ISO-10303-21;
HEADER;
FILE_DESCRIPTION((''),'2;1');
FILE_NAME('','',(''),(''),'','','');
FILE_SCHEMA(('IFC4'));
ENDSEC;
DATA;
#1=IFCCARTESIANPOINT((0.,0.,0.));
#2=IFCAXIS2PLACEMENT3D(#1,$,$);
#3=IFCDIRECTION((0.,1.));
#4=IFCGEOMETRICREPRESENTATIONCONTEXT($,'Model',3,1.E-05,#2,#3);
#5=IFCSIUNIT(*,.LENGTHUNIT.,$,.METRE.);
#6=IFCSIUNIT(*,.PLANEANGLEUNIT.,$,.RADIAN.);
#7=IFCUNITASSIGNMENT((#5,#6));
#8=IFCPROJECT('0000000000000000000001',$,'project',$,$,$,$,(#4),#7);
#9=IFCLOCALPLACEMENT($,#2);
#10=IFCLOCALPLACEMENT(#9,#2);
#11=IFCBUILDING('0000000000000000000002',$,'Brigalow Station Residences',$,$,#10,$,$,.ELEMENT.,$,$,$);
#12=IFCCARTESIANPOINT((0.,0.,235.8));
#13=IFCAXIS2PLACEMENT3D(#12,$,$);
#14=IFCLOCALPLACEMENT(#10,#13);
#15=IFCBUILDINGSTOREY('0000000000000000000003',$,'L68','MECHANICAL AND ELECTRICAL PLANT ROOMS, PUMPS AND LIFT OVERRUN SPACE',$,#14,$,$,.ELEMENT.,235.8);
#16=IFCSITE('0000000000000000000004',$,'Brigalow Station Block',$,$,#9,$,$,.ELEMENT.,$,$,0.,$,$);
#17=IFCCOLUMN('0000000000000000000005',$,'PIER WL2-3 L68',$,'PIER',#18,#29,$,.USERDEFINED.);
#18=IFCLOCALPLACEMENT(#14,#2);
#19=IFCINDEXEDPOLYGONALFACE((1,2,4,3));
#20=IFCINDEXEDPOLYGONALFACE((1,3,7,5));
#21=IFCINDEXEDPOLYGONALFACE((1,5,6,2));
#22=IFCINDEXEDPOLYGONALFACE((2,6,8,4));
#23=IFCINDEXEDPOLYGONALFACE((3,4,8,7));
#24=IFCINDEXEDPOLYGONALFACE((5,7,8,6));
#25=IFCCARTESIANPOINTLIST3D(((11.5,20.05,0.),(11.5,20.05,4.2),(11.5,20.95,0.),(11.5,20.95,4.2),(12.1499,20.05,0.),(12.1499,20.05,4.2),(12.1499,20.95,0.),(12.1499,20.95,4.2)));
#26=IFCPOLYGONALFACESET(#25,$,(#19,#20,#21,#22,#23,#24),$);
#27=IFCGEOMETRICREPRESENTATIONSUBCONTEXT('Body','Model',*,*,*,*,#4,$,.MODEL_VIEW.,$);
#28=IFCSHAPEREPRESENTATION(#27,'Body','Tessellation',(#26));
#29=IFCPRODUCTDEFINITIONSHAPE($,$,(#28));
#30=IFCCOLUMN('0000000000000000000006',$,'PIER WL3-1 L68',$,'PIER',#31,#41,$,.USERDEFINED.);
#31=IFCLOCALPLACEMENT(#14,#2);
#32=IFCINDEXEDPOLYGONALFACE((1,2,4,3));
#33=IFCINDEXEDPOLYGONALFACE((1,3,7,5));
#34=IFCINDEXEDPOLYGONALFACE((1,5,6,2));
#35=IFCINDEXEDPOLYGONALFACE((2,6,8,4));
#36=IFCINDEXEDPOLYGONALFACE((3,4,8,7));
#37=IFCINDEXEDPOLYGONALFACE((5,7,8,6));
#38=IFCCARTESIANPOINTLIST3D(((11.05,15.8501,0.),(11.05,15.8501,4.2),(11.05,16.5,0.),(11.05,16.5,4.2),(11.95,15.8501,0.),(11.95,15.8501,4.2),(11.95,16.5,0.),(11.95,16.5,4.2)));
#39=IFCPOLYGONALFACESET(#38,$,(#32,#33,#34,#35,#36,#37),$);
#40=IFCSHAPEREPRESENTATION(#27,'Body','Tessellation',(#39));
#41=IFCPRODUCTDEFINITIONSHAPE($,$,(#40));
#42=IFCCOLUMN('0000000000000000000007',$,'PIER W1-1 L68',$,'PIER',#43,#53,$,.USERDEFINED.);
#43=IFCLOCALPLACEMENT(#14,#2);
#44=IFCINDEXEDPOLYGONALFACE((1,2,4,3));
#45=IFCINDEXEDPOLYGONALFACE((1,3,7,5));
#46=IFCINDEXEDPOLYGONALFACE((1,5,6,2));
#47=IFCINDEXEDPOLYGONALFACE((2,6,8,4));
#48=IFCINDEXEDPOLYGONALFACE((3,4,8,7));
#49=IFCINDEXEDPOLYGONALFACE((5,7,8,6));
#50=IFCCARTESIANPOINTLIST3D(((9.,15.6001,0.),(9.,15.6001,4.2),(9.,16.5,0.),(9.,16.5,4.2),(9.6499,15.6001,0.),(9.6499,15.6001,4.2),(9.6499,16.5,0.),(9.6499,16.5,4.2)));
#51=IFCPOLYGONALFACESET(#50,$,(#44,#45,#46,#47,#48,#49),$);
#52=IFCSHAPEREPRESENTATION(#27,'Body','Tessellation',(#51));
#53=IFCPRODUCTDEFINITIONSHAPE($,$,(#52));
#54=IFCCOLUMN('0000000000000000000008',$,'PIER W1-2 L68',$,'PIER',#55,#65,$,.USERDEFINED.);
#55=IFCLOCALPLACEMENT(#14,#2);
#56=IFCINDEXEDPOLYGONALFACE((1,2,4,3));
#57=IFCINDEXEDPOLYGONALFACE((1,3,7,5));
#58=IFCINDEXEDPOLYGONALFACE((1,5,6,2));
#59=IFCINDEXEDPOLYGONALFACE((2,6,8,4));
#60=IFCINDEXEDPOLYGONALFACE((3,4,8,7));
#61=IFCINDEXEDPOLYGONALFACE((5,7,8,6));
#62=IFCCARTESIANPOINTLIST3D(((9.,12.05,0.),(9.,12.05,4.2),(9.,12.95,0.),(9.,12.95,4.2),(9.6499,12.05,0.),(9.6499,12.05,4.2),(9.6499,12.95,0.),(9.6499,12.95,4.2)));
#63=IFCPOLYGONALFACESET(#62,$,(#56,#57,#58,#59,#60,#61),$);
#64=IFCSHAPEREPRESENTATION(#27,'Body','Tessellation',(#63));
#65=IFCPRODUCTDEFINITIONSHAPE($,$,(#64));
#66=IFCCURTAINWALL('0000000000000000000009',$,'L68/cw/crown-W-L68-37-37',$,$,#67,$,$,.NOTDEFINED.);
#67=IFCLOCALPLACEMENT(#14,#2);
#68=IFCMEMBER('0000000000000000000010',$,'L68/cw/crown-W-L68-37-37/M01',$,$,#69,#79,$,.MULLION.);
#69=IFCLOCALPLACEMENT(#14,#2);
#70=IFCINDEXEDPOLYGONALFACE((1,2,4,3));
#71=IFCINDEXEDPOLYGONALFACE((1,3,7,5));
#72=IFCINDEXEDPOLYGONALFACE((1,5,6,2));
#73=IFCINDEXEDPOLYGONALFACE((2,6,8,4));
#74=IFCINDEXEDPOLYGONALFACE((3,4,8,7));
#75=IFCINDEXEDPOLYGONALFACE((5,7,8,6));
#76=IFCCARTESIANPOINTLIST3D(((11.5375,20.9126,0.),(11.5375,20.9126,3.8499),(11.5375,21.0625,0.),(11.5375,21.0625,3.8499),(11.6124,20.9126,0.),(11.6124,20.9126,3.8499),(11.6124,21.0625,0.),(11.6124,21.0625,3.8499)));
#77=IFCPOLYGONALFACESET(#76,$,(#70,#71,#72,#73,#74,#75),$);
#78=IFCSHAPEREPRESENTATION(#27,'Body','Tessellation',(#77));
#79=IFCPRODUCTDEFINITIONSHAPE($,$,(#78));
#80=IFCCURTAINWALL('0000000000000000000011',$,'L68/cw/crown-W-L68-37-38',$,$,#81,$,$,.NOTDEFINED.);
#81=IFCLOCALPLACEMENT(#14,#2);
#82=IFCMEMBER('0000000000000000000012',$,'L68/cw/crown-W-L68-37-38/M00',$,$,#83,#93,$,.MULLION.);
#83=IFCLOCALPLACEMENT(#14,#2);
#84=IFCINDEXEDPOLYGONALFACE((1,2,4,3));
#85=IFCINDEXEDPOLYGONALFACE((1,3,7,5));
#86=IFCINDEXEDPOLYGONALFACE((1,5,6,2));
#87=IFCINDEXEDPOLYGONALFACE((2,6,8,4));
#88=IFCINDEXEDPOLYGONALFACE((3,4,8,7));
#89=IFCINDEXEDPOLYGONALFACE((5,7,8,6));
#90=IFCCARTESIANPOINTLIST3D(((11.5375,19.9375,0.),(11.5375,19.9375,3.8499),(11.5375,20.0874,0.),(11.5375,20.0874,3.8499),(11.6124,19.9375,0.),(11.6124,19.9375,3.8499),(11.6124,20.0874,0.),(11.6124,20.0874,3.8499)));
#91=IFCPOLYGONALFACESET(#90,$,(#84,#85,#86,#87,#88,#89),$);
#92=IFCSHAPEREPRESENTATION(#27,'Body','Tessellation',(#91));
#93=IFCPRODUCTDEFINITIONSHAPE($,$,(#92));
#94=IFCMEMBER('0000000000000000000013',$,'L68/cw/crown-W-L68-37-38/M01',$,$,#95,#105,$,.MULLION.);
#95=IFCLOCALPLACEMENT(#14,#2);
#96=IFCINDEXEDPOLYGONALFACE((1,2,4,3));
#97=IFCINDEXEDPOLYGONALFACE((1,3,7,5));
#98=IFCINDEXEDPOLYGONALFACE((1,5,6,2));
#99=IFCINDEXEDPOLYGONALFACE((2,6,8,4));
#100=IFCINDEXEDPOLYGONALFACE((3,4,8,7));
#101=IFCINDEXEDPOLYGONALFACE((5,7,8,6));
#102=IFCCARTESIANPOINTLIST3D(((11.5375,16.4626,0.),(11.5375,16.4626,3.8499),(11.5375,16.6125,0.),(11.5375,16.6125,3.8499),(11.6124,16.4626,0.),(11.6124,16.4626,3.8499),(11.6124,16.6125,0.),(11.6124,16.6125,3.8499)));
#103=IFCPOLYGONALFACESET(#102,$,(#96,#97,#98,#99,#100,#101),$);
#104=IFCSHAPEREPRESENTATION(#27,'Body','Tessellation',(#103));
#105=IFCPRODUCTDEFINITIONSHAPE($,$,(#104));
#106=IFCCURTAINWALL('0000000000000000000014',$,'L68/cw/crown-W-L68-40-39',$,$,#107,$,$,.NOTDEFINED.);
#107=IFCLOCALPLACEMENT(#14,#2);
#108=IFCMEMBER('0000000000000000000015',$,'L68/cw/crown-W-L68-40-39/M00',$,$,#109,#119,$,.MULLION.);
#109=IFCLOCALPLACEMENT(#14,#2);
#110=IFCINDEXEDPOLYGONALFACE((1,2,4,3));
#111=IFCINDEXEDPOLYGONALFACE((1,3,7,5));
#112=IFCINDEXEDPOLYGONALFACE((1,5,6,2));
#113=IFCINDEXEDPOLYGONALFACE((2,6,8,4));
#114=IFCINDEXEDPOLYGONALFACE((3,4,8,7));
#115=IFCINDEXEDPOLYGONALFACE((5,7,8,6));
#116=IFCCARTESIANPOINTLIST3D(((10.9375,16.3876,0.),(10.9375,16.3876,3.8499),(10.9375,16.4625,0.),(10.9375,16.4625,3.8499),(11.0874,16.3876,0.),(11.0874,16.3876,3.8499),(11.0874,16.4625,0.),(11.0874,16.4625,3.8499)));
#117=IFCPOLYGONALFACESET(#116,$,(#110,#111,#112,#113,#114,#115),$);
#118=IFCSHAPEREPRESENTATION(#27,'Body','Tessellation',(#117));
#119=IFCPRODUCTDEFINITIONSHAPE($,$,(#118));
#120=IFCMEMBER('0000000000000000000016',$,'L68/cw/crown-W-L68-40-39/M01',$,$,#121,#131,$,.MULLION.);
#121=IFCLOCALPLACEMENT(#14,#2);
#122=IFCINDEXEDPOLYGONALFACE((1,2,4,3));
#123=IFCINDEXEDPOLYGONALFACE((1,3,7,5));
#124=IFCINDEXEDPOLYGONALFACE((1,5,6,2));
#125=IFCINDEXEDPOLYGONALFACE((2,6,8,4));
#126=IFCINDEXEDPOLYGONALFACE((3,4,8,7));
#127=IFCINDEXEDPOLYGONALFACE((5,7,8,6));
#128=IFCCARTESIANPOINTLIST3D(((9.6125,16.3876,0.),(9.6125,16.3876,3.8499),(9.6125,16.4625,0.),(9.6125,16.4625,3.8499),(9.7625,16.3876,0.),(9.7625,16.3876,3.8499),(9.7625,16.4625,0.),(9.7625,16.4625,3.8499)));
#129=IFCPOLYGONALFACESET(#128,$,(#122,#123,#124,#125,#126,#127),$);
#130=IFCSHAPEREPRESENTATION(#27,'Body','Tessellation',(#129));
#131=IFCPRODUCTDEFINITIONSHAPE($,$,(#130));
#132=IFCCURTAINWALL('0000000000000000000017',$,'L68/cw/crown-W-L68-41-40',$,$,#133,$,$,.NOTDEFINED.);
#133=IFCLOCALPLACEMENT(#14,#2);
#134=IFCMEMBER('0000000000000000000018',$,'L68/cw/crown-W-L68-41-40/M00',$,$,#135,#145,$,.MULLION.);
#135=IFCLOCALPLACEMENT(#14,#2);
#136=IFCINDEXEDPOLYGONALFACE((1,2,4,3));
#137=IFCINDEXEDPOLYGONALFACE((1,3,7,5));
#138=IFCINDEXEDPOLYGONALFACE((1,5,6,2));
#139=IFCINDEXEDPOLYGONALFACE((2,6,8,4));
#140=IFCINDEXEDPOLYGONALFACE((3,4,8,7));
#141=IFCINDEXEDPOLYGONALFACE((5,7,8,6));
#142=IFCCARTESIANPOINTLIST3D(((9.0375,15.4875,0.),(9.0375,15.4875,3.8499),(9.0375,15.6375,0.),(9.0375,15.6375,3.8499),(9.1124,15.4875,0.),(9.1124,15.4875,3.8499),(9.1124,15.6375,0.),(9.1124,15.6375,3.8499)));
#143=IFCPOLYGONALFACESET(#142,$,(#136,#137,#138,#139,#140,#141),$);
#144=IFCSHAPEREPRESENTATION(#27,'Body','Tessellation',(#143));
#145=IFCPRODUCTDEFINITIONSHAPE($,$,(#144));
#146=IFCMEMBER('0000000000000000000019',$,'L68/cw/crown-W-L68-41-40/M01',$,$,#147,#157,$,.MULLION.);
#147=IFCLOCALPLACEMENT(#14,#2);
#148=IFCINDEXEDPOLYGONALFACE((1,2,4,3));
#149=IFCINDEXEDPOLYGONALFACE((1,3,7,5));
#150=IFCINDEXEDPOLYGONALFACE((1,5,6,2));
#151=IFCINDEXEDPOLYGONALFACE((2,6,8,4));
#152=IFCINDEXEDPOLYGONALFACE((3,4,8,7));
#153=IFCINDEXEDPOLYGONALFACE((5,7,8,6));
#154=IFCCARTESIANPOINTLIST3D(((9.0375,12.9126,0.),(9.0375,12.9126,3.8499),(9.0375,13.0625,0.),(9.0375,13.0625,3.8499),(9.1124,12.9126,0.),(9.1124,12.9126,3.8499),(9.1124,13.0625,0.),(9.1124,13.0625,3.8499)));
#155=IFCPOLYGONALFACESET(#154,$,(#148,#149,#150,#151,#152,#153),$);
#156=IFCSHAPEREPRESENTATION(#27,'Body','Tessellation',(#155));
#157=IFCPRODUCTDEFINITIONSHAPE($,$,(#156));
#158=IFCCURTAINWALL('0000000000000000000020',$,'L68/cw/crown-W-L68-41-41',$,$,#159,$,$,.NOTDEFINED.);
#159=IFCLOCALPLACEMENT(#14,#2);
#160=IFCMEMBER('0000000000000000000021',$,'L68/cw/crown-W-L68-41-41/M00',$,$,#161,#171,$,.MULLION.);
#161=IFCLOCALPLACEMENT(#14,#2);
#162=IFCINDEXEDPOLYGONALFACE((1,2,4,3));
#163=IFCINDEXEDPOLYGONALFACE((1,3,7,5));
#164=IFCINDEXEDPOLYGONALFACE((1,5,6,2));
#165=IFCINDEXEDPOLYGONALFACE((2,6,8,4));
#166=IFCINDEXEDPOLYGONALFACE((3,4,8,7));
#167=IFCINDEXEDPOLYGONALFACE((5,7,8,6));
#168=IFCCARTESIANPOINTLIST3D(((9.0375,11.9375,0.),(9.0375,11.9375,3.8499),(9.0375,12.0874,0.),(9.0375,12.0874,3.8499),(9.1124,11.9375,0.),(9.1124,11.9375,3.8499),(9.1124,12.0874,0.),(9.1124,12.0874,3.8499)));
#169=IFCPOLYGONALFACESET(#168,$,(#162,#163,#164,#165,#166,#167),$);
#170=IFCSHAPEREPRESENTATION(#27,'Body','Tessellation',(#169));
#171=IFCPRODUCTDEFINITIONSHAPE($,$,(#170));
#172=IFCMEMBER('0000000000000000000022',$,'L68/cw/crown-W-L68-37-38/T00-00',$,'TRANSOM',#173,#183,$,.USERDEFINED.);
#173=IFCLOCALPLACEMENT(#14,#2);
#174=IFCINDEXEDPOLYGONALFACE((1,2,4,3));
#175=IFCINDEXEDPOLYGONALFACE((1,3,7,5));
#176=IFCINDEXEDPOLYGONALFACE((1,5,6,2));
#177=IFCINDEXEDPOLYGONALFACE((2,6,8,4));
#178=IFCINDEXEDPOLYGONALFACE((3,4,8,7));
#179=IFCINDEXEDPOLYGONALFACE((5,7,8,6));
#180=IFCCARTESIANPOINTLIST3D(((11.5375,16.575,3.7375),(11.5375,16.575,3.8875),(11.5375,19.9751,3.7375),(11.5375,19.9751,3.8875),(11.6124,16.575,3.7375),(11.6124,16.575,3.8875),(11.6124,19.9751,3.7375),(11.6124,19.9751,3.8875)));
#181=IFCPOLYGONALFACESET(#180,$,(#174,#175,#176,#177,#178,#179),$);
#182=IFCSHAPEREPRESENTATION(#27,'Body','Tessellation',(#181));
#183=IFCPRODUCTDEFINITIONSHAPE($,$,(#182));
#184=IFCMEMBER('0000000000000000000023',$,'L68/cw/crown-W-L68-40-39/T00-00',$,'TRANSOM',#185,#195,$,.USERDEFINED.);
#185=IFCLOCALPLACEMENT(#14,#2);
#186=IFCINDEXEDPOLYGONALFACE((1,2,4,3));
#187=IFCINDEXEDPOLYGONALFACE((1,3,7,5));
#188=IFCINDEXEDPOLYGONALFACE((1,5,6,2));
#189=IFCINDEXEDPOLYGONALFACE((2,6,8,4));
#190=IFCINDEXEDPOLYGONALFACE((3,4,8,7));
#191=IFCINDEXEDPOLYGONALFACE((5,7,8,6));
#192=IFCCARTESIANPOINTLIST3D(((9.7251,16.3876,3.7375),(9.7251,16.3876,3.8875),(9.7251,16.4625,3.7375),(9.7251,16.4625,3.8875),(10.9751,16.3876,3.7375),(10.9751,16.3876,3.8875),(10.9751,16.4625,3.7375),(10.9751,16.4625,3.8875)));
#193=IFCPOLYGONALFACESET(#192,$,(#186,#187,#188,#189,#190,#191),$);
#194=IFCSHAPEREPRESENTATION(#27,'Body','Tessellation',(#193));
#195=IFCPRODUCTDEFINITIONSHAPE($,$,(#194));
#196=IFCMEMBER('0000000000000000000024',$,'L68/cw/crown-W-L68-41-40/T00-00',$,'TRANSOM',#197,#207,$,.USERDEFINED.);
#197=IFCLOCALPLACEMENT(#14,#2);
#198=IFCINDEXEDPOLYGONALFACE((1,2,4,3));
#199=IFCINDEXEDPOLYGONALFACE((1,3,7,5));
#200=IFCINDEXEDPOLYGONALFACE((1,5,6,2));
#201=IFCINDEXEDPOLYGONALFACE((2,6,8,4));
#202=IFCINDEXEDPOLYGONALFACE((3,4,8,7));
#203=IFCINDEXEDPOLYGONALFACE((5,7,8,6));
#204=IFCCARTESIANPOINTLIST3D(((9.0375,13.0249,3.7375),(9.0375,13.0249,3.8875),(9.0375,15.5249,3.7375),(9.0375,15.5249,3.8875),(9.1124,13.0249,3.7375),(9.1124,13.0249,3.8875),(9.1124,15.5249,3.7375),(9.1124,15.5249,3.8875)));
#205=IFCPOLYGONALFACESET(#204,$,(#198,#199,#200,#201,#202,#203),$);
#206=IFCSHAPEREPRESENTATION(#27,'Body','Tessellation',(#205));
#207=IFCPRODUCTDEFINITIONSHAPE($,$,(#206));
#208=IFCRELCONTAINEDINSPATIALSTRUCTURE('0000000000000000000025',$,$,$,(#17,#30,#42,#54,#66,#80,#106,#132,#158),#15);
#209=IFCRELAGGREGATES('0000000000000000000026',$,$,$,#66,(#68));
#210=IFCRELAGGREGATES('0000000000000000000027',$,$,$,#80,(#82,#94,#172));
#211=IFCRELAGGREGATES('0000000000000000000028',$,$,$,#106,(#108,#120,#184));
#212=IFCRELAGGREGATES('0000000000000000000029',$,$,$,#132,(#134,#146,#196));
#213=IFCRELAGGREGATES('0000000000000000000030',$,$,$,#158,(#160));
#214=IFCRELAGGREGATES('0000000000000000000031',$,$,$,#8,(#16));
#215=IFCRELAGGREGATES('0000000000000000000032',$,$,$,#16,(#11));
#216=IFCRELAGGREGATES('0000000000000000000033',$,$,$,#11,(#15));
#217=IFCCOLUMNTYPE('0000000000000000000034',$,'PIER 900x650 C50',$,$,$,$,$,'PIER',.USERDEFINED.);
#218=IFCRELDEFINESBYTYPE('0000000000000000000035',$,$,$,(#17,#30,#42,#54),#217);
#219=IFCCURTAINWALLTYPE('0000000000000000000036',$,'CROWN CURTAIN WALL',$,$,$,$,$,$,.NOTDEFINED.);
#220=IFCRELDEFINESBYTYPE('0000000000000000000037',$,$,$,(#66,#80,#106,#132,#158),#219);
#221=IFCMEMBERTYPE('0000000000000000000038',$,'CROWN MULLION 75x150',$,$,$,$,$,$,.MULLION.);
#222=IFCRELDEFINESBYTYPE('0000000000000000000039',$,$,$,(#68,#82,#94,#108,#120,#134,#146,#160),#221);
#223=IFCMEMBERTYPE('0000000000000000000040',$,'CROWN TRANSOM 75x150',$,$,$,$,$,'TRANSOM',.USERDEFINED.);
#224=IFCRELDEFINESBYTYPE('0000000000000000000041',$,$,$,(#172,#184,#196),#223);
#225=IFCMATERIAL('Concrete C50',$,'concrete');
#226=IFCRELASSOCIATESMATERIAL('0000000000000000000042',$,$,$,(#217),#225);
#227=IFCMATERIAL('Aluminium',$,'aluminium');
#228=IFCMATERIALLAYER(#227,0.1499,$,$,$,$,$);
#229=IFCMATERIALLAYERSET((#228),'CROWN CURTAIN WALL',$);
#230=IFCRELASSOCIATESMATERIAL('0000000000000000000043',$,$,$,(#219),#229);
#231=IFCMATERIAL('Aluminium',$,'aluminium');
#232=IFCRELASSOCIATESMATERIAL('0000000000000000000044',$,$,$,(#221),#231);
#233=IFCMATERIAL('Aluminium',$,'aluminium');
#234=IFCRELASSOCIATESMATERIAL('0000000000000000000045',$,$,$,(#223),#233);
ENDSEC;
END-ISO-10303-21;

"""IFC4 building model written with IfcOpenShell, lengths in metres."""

from ifc_helpers import new_model, si_unit, direction, frame, origin, origin_2d, place, context, subcontext, project, spatial, rectangle, extrude, material, layer, layer_set, material_profile, profile_set, type_object, element, aggregate, save


model = new_model("IFC4")

# Units and contexts
model_context = context("Model", 3, precision=1e-05, world=origin(), true_north=direction((0.0, 1.0)))
body_context = subcontext(model_context, "Body", "Model", "MODEL_VIEW")
ifc_project = project(units=[si_unit("LENGTHUNIT", "METRE"), si_unit("PLANEANGLEUNIT", "RADIAN")], contexts=[model_context])

# Site, building, storey
site_placement = place(None, origin())
site = spatial("IfcSite", under=ifc_project, at=site_placement, Name="Brigalow Station Block", CompositionType="ELEMENT", RefElevation=0.0)
building_placement = place(site_placement, origin())
building = spatial("IfcBuilding", under=site, at=building_placement, Name="Brigalow Station Residences", CompositionType="ELEMENT")
storey_placement = place(building_placement, frame((0.0, 0.0, 235.8)))
storey = spatial("IfcBuildingStorey", under=building, at=storey_placement, Name="L68", Description="MECHANICAL AND ELECTRICAL PLANT ROOMS, PUMPS AND LIFT OVERRUN SPACE", CompositionType="ELEMENT", Elevation=235.8)

# Columns
ifc_material_1 = material(Name="Concrete C50", Category="concrete")
ifc_material_profile_1 = material_profile(ifc_material_1, rectangle(XDim=0.8999, YDim=0.6499, at=origin_2d()), Name="RC900x650")
ifc_profile_set_1 = profile_set([ifc_material_profile_1], Name="Concrete C50")
column_type = type_object("IfcColumnType", Name="PIER 900x650 C50", ElementType="PIER", PredefinedType="USERDEFINED", material=ifc_profile_set_1)
for number, where, z_axis, x_axis, name in (
    (1, (11.825, 20.5, 0.0), (0.0, 0.0, 1.0), (0.0, -1.0, 0.0), "PIER WL2-3 L68"),
    (2, (11.5, 16.175, 0.0), (0.0, 0.0, 1.0), (-1.0, 0.0, 0.0), "PIER WL3-1 L68"),
    (3, (9.325, 16.05, 0.0), (0.0, 0.0, 1.0), (0.0, -1.0, 0.0), "PIER W1-1 L68"),
    (4, (9.325, 12.5, 0.0), (0.0, 0.0, 1.0), (0.0, -1.0, 0.0), "PIER W1-2 L68"),
):
    element("IfcColumn", number, at=place(storey_placement, frame(where, z_axis=z_axis, x_axis=x_axis)), inside=storey, type_object=column_type, Name=name, ObjectType="PIER", PredefinedType="USERDEFINED", context=body_context, shape_type="SweptSolid", body=[
        extrude(rectangle(XDim=0.8999, YDim=0.6499, at=origin_2d()), origin(), (0.0, 0.0, 1.0), 4.2),
    ])

# Curtain wall, member
ifc_material_2 = material(Name="Aluminium", Category="aluminium")
ifc_layer_1 = layer(ifc_material_2, 0.1499)
ifc_layer_set_1 = layer_set([ifc_layer_1], Name="CROWN CURTAIN WALL")
curtain_wall_type = type_object("IfcCurtainWallType", Name="CROWN CURTAIN WALL", PredefinedType="NOTDEFINED", material=ifc_layer_set_1)
curtain_wall_1_placement = place(storey_placement, origin())
curtain_wall_1 = element("IfcCurtainWall", 5, at=curtain_wall_1_placement, inside=storey, type_object=curtain_wall_type, Name="L68/cw/crown-W-L68-37-37", PredefinedType="NOTDEFINED")
ifc_material_3 = material(Name="Aluminium", Category="aluminium")
ifc_material_profile_2 = material_profile(ifc_material_3, rectangle(XDim=0.075, YDim=0.1499, at=origin_2d()), Name="CROWN MULLION 75x150")
ifc_profile_set_2 = profile_set([ifc_material_profile_2], Name="Aluminium")
member_type_1 = type_object("IfcMemberType", Name="CROWN MULLION 75x150", PredefinedType="MULLION", material=ifc_profile_set_2)
member_1_placement = place(storey_placement, frame((11.575, 20.9875, 0.0), z_axis=(0.0, 0.0, 1.0), x_axis=(1.0, 0.0, 0.0)))
member_1 = element("IfcMember", 6, at=member_1_placement, type_object=member_type_1, Name="L68/cw/crown-W-L68-37-37/M01", PredefinedType="MULLION", context=body_context, shape_type="SweptSolid", body=[
    extrude(rectangle(XDim=0.075, YDim=0.1499, at=origin_2d()), origin(), (0.0, 0.0, 1.0), 3.8499),
])

# Curtain walls, members
curtain_wall_2_placement = place(storey_placement, origin())
curtain_wall_2 = element("IfcCurtainWall", 7, at=curtain_wall_2_placement, inside=storey, type_object=curtain_wall_type, Name="L68/cw/crown-W-L68-37-38", PredefinedType="NOTDEFINED")
member_2_placement = place(storey_placement, frame((11.575, 20.0125, 0.0), z_axis=(0.0, 0.0, 1.0), x_axis=(1.0, 0.0, 0.0)))
member_2 = element("IfcMember", 8, at=member_2_placement, type_object=member_type_1, Name="L68/cw/crown-W-L68-37-38/M00", PredefinedType="MULLION", context=body_context, shape_type="SweptSolid", body=[
    extrude(rectangle(XDim=0.075, YDim=0.1499, at=origin_2d()), origin(), (0.0, 0.0, 1.0), 3.8499),
])
member_3_placement = place(storey_placement, frame((11.575, 16.5376, 0.0), z_axis=(0.0, 0.0, 1.0), x_axis=(1.0, 0.0, 0.0)))
member_3 = element("IfcMember", 9, at=member_3_placement, type_object=member_type_1, Name="L68/cw/crown-W-L68-37-38/M01", PredefinedType="MULLION", context=body_context, shape_type="SweptSolid", body=[
    extrude(rectangle(XDim=0.075, YDim=0.1499, at=origin_2d()), origin(), (0.0, 0.0, 1.0), 3.8499),
])
curtain_wall_3_placement = place(storey_placement, origin())
curtain_wall_3 = element("IfcCurtainWall", 10, at=curtain_wall_3_placement, inside=storey, type_object=curtain_wall_type, Name="L68/cw/crown-W-L68-40-39", PredefinedType="NOTDEFINED")
member_4_placement = place(storey_placement, frame((11.0125, 16.425, 0.0), z_axis=(0.0, 0.0, 1.0), x_axis=(0.0, -1.0, 0.0)))
member_4 = element("IfcMember", 11, at=member_4_placement, type_object=member_type_1, Name="L68/cw/crown-W-L68-40-39/M00", PredefinedType="MULLION", context=body_context, shape_type="SweptSolid", body=[
    extrude(rectangle(XDim=0.075, YDim=0.1499, at=origin_2d()), origin(), (0.0, 0.0, 1.0), 3.8499),
])
member_5_placement = place(storey_placement, frame((9.6875, 16.425, 0.0), z_axis=(0.0, 0.0, 1.0), x_axis=(0.0, -1.0, 0.0)))
member_5 = element("IfcMember", 12, at=member_5_placement, type_object=member_type_1, Name="L68/cw/crown-W-L68-40-39/M01", PredefinedType="MULLION", context=body_context, shape_type="SweptSolid", body=[
    extrude(rectangle(XDim=0.075, YDim=0.1499, at=origin_2d()), origin(), (0.0, 0.0, 1.0), 3.8499),
])
curtain_wall_4_placement = place(storey_placement, origin())
curtain_wall_4 = element("IfcCurtainWall", 13, at=curtain_wall_4_placement, inside=storey, type_object=curtain_wall_type, Name="L68/cw/crown-W-L68-41-40", PredefinedType="NOTDEFINED")
member_6_placement = place(storey_placement, frame((9.075, 15.5625, 0.0), z_axis=(0.0, 0.0, 1.0), x_axis=(1.0, 0.0, 0.0)))
member_6 = element("IfcMember", 14, at=member_6_placement, type_object=member_type_1, Name="L68/cw/crown-W-L68-41-40/M00", PredefinedType="MULLION", context=body_context, shape_type="SweptSolid", body=[
    extrude(rectangle(XDim=0.075, YDim=0.1499, at=origin_2d()), origin(), (0.0, 0.0, 1.0), 3.8499),
])
member_7_placement = place(storey_placement, frame((9.075, 12.9875, 0.0), z_axis=(0.0, 0.0, 1.0), x_axis=(1.0, 0.0, 0.0)))
member_7 = element("IfcMember", 15, at=member_7_placement, type_object=member_type_1, Name="L68/cw/crown-W-L68-41-40/M01", PredefinedType="MULLION", context=body_context, shape_type="SweptSolid", body=[
    extrude(rectangle(XDim=0.075, YDim=0.1499, at=origin_2d()), origin(), (0.0, 0.0, 1.0), 3.8499),
])

# Curtain wall, member
curtain_wall_5_placement = place(storey_placement, origin())
curtain_wall_5 = element("IfcCurtainWall", 16, at=curtain_wall_5_placement, inside=storey, type_object=curtain_wall_type, Name="L68/cw/crown-W-L68-41-41", PredefinedType="NOTDEFINED")
member_8_placement = place(storey_placement, frame((9.075, 12.0125, 0.0), z_axis=(0.0, 0.0, 1.0), x_axis=(1.0, 0.0, 0.0)))
member_8 = element("IfcMember", 17, at=member_8_placement, type_object=member_type_1, Name="L68/cw/crown-W-L68-41-41/M00", PredefinedType="MULLION", context=body_context, shape_type="SweptSolid", body=[
    extrude(rectangle(XDim=0.075, YDim=0.1499, at=origin_2d()), origin(), (0.0, 0.0, 1.0), 3.8499),
])

# Members
ifc_material_4 = material(Name="Aluminium", Category="aluminium")
ifc_material_profile_3 = material_profile(ifc_material_4, rectangle(XDim=0.075, YDim=0.1499, at=origin_2d()), Name="CROWN TRANSOM 75x150")
ifc_profile_set_3 = profile_set([ifc_material_profile_3], Name="Aluminium")
member_type_2 = type_object("IfcMemberType", Name="CROWN TRANSOM 75x150", ElementType="TRANSOM", PredefinedType="USERDEFINED", material=ifc_profile_set_3)
member_9_placement = place(storey_placement, frame((11.575, 19.9751, 3.8125), z_axis=(0.0, -1.0, 0.0), x_axis=(1.0, 0.0, 0.0)))
member_9 = element("IfcMember", 18, at=member_9_placement, type_object=member_type_2, Name="L68/cw/crown-W-L68-37-38/T00-00", ObjectType="TRANSOM", PredefinedType="USERDEFINED", context=body_context, shape_type="SweptSolid", body=[
    extrude(rectangle(XDim=0.075, YDim=0.1499, at=origin_2d()), origin(), (0.0, 0.0, 1.0), 3.4001),
])
member_10_placement = place(storey_placement, frame((10.9751, 16.425, 3.8125), z_axis=(-1.0, 0.0, 0.0), x_axis=(0.0, -1.0, 0.0)))
member_10 = element("IfcMember", 19, at=member_10_placement, type_object=member_type_2, Name="L68/cw/crown-W-L68-40-39/T00-00", ObjectType="TRANSOM", PredefinedType="USERDEFINED", context=body_context, shape_type="SweptSolid", body=[
    extrude(rectangle(XDim=0.075, YDim=0.1499, at=origin_2d()), origin(), (0.0, 0.0, 1.0), 1.25),
])
member_11_placement = place(storey_placement, frame((9.075, 15.5249, 3.8125), z_axis=(0.0, -1.0, 0.0), x_axis=(1.0, 0.0, 0.0)))
member_11 = element("IfcMember", 20, at=member_11_placement, type_object=member_type_2, Name="L68/cw/crown-W-L68-41-40/T00-00", ObjectType="TRANSOM", PredefinedType="USERDEFINED", context=body_context, shape_type="SweptSolid", body=[
    extrude(rectangle(XDim=0.075, YDim=0.1499, at=origin_2d()), origin(), (0.0, 0.0, 1.0), 2.5),
])

aggregate(curtain_wall_1, [member_1])
aggregate(curtain_wall_2, [member_2, member_3, member_9])
aggregate(curtain_wall_3, [member_4, member_5, member_10])
aggregate(curtain_wall_4, [member_6, member_7, member_11])
aggregate(curtain_wall_5, [member_8])

save(model, "model.ifc")
